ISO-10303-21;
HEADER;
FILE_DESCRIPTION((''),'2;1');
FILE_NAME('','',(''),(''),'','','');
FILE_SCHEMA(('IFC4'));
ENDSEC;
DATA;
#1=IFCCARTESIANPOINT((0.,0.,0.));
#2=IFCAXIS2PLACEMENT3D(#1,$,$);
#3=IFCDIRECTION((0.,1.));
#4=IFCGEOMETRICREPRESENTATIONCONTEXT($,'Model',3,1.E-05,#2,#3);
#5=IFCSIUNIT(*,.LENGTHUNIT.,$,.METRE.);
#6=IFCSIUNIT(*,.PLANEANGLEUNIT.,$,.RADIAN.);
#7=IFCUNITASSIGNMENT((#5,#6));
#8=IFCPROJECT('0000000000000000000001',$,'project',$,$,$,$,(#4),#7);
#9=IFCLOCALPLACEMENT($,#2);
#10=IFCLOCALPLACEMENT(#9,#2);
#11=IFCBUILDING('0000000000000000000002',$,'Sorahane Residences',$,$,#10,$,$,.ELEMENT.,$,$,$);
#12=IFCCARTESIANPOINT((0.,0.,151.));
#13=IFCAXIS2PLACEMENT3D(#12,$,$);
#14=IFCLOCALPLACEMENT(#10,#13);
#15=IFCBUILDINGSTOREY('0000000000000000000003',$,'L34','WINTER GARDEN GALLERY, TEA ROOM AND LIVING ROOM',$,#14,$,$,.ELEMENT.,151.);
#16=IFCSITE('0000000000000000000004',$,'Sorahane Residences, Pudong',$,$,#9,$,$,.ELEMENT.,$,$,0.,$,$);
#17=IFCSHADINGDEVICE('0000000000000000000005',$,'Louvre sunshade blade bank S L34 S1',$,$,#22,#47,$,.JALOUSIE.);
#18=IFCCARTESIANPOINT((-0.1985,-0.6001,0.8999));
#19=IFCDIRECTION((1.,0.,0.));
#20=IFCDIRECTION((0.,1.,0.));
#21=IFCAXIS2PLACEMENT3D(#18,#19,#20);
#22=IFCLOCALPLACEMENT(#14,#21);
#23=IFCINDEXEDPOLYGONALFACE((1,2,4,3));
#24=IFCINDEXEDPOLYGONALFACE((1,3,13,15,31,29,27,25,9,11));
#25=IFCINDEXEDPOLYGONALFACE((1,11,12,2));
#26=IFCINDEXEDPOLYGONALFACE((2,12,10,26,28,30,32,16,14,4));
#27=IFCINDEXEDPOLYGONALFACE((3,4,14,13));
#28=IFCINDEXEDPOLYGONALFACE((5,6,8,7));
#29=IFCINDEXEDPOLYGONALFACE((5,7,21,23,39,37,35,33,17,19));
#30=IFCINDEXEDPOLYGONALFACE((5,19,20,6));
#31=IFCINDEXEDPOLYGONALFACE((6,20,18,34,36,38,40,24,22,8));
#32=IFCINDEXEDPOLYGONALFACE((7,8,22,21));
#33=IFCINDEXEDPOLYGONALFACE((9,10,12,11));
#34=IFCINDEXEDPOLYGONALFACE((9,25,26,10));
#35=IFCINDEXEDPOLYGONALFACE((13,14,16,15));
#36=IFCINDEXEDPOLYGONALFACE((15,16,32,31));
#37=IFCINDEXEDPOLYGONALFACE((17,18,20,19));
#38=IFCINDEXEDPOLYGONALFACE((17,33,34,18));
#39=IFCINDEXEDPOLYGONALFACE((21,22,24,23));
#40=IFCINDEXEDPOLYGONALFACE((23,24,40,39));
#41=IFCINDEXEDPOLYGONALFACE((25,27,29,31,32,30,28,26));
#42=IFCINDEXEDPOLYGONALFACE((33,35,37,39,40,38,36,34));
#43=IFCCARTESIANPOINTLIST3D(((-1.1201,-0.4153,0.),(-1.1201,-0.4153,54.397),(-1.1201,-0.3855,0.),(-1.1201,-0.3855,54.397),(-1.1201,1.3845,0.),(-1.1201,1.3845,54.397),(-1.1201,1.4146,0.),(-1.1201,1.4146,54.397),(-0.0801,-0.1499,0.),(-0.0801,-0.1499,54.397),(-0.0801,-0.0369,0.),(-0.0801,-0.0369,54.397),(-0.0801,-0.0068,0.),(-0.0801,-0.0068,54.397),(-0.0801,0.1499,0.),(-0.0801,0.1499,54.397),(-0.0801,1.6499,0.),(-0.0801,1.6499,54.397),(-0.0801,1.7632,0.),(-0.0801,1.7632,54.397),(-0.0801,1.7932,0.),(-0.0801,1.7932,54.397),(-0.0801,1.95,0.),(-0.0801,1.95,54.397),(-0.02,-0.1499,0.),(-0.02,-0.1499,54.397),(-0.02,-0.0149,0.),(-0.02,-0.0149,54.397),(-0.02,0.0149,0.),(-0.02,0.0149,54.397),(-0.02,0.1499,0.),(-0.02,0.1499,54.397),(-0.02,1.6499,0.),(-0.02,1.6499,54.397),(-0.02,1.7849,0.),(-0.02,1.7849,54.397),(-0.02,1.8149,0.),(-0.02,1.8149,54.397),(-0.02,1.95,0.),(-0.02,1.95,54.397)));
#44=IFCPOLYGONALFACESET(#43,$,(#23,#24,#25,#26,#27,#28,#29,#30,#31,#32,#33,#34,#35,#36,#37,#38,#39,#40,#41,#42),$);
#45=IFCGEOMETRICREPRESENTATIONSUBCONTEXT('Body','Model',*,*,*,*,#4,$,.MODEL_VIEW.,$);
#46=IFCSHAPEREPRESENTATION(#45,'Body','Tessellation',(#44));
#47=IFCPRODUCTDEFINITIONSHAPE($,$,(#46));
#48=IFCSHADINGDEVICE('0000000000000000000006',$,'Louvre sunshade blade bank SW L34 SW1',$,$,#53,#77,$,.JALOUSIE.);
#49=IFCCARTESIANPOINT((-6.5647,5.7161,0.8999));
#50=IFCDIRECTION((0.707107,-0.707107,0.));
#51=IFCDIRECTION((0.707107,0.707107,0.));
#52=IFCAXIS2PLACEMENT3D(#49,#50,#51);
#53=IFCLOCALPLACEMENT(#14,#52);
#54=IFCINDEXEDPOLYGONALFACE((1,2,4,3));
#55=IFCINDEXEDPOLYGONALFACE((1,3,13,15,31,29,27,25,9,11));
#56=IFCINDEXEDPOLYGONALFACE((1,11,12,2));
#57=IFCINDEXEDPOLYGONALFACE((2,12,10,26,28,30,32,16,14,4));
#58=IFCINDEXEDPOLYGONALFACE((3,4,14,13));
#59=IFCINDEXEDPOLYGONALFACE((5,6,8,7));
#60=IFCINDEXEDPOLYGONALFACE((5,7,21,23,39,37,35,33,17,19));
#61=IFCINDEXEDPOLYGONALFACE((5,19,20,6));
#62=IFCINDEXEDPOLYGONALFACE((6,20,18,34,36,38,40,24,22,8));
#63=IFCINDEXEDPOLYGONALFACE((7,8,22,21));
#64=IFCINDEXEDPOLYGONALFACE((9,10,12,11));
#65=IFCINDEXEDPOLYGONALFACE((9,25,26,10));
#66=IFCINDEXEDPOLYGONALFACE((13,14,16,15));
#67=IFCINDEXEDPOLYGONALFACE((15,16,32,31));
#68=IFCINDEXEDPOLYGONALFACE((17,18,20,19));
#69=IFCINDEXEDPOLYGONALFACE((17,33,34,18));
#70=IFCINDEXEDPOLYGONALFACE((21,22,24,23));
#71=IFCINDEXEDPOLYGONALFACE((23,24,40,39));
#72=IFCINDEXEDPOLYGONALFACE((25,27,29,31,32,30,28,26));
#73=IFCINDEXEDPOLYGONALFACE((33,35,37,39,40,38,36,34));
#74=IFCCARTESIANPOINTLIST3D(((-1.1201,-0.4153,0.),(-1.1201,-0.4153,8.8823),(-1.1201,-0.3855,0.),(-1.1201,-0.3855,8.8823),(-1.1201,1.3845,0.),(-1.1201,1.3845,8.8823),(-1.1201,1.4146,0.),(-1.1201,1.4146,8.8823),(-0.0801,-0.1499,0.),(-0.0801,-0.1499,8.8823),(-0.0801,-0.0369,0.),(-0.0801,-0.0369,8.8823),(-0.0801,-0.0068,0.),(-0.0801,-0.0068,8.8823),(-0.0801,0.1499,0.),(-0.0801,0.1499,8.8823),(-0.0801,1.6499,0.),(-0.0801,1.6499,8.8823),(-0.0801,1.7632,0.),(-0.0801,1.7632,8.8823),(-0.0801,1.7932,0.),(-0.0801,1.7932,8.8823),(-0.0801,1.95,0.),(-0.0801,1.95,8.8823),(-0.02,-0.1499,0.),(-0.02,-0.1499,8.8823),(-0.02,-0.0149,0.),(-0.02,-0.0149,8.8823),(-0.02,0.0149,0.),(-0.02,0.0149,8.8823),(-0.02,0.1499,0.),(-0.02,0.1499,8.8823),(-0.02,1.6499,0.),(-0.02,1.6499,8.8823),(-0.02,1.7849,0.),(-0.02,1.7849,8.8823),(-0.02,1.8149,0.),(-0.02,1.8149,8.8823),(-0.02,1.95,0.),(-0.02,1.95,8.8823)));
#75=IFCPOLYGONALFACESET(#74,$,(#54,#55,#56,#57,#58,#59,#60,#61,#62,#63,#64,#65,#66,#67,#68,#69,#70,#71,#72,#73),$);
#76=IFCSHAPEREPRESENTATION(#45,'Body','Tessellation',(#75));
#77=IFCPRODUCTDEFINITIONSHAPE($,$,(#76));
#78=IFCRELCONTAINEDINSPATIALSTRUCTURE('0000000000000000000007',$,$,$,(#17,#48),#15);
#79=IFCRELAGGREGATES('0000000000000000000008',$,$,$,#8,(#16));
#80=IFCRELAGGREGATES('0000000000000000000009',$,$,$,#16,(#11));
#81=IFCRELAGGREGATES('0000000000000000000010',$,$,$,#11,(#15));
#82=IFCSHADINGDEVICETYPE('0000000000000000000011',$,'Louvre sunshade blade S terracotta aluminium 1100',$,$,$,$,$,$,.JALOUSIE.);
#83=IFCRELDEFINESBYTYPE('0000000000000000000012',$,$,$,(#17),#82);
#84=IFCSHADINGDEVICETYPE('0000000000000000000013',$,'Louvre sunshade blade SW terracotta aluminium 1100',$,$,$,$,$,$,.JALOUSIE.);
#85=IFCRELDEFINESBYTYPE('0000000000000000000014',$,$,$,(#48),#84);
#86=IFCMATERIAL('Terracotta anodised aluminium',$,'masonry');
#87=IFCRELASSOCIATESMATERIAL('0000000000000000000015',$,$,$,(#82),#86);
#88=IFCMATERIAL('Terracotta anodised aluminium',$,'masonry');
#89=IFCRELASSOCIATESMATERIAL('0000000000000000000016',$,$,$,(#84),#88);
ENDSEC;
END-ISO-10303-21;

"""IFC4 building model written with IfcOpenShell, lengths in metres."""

from ifc_helpers import new_model, si_unit, direction, frame, origin, place, context, subcontext, project, spatial, polyline, outline, composite_profile, extrude, material, type_object, element, save


model = new_model("IFC4")

# Units and contexts
model_context = context("Model", 3, precision=1e-05, world=origin(), true_north=direction((0.0, 1.0)))
body_context = subcontext(model_context, "Body", "Model", "MODEL_VIEW")
ifc_project = project(units=[si_unit("LENGTHUNIT", "METRE"), si_unit("PLANEANGLEUNIT", "RADIAN")], contexts=[model_context])

# Site, building, storey
site_placement = place(None, origin())
site = spatial("IfcSite", under=ifc_project, at=site_placement, Name="Sorahane Residences, Pudong", CompositionType="ELEMENT", RefElevation=0.0)
building_placement = place(site_placement, origin())
building = spatial("IfcBuilding", under=site, at=building_placement, Name="Sorahane Residences", CompositionType="ELEMENT")
storey_placement = place(building_placement, frame((0.0, 0.0, 151.0)))
storey = spatial("IfcBuildingStorey", under=building, at=storey_placement, Name="L34", Description="WINTER GARDEN GALLERY, TEA ROOM AND LIVING ROOM", CompositionType="ELEMENT", Elevation=151.0)

# Shading devices
ifc_material_1 = material(Name="Terracotta anodised aluminium", Category="masonry")
shading_device_type_1 = type_object("IfcShadingDeviceType", Name="Louvre sunshade blade S terracotta aluminium 1100", PredefinedType="JALOUSIE", material=ifc_material_1)
shading_device_1_placement = place(storey_placement, frame((-0.1985, -0.6001, 0.8999), z_axis=(1.0, 0.0, 0.0), x_axis=(0.0, 1.0, 0.0)))
element("IfcShadingDevice", 1, at=shading_device_1_placement, inside=storey, type_object=shading_device_type_1, Name="Louvre sunshade blade bank S L34 S1", PredefinedType="JALOUSIE", context=body_context, shape_type="SweptSolid", body=[
    extrude(composite_profile([outline(polyline([(-1.1201, -0.3855), (-1.1201, -0.4153), (-0.0801, -0.0369), (-0.0801, -0.1499), (-0.02, -0.1499), (-0.02, -0.0149), (-0.02, 0.0149), (-0.02, 0.1499), (-0.0801, 0.1499), (-0.0801, -0.0068), (-1.1201, -0.3855)])), outline(polyline([(-1.1201, 1.4146), (-1.1201, 1.3845), (-0.0801, 1.7632), (-0.0801, 1.6499), (-0.02, 1.6499), (-0.02, 1.7849), (-0.02, 1.8149), (-0.02, 1.95), (-0.0801, 1.95), (-0.0801, 1.7932), (-1.1201, 1.4146)]))]), origin(), (0.0, 0.0, 1.0), 54.397),
])
ifc_material_2 = material(Name="Terracotta anodised aluminium", Category="masonry")
shading_device_type_2 = type_object("IfcShadingDeviceType", Name="Louvre sunshade blade SW terracotta aluminium 1100", PredefinedType="JALOUSIE", material=ifc_material_2)
shading_device_2_placement = place(storey_placement, frame((-6.5647, 5.7161, 0.8999), z_axis=(0.707107, -0.707107, 0.0), x_axis=(0.707107, 0.707107, 0.0)))
element("IfcShadingDevice", 2, at=shading_device_2_placement, inside=storey, type_object=shading_device_type_2, Name="Louvre sunshade blade bank SW L34 SW1", PredefinedType="JALOUSIE", context=body_context, shape_type="SweptSolid", body=[
    extrude(composite_profile([outline(polyline([(-1.1201, -0.3855), (-1.1201, -0.4153), (-0.0801, -0.0369), (-0.0801, -0.1499), (-0.02, -0.1499), (-0.02, -0.0149), (-0.02, 0.0149), (-0.02, 0.1499), (-0.0801, 0.1499), (-0.0801, -0.0068), (-1.1201, -0.3855)])), outline(polyline([(-1.1201, 1.4146), (-1.1201, 1.3845), (-0.0801, 1.7632), (-0.0801, 1.6499), (-0.02, 1.6499), (-0.02, 1.7849), (-0.02, 1.8149), (-0.02, 1.95), (-0.0801, 1.95), (-0.0801, 1.7932), (-1.1201, 1.4146)]))]), origin(), (0.0, 0.0, 1.0), 8.8823),
])

save(model, "model.ifc")
